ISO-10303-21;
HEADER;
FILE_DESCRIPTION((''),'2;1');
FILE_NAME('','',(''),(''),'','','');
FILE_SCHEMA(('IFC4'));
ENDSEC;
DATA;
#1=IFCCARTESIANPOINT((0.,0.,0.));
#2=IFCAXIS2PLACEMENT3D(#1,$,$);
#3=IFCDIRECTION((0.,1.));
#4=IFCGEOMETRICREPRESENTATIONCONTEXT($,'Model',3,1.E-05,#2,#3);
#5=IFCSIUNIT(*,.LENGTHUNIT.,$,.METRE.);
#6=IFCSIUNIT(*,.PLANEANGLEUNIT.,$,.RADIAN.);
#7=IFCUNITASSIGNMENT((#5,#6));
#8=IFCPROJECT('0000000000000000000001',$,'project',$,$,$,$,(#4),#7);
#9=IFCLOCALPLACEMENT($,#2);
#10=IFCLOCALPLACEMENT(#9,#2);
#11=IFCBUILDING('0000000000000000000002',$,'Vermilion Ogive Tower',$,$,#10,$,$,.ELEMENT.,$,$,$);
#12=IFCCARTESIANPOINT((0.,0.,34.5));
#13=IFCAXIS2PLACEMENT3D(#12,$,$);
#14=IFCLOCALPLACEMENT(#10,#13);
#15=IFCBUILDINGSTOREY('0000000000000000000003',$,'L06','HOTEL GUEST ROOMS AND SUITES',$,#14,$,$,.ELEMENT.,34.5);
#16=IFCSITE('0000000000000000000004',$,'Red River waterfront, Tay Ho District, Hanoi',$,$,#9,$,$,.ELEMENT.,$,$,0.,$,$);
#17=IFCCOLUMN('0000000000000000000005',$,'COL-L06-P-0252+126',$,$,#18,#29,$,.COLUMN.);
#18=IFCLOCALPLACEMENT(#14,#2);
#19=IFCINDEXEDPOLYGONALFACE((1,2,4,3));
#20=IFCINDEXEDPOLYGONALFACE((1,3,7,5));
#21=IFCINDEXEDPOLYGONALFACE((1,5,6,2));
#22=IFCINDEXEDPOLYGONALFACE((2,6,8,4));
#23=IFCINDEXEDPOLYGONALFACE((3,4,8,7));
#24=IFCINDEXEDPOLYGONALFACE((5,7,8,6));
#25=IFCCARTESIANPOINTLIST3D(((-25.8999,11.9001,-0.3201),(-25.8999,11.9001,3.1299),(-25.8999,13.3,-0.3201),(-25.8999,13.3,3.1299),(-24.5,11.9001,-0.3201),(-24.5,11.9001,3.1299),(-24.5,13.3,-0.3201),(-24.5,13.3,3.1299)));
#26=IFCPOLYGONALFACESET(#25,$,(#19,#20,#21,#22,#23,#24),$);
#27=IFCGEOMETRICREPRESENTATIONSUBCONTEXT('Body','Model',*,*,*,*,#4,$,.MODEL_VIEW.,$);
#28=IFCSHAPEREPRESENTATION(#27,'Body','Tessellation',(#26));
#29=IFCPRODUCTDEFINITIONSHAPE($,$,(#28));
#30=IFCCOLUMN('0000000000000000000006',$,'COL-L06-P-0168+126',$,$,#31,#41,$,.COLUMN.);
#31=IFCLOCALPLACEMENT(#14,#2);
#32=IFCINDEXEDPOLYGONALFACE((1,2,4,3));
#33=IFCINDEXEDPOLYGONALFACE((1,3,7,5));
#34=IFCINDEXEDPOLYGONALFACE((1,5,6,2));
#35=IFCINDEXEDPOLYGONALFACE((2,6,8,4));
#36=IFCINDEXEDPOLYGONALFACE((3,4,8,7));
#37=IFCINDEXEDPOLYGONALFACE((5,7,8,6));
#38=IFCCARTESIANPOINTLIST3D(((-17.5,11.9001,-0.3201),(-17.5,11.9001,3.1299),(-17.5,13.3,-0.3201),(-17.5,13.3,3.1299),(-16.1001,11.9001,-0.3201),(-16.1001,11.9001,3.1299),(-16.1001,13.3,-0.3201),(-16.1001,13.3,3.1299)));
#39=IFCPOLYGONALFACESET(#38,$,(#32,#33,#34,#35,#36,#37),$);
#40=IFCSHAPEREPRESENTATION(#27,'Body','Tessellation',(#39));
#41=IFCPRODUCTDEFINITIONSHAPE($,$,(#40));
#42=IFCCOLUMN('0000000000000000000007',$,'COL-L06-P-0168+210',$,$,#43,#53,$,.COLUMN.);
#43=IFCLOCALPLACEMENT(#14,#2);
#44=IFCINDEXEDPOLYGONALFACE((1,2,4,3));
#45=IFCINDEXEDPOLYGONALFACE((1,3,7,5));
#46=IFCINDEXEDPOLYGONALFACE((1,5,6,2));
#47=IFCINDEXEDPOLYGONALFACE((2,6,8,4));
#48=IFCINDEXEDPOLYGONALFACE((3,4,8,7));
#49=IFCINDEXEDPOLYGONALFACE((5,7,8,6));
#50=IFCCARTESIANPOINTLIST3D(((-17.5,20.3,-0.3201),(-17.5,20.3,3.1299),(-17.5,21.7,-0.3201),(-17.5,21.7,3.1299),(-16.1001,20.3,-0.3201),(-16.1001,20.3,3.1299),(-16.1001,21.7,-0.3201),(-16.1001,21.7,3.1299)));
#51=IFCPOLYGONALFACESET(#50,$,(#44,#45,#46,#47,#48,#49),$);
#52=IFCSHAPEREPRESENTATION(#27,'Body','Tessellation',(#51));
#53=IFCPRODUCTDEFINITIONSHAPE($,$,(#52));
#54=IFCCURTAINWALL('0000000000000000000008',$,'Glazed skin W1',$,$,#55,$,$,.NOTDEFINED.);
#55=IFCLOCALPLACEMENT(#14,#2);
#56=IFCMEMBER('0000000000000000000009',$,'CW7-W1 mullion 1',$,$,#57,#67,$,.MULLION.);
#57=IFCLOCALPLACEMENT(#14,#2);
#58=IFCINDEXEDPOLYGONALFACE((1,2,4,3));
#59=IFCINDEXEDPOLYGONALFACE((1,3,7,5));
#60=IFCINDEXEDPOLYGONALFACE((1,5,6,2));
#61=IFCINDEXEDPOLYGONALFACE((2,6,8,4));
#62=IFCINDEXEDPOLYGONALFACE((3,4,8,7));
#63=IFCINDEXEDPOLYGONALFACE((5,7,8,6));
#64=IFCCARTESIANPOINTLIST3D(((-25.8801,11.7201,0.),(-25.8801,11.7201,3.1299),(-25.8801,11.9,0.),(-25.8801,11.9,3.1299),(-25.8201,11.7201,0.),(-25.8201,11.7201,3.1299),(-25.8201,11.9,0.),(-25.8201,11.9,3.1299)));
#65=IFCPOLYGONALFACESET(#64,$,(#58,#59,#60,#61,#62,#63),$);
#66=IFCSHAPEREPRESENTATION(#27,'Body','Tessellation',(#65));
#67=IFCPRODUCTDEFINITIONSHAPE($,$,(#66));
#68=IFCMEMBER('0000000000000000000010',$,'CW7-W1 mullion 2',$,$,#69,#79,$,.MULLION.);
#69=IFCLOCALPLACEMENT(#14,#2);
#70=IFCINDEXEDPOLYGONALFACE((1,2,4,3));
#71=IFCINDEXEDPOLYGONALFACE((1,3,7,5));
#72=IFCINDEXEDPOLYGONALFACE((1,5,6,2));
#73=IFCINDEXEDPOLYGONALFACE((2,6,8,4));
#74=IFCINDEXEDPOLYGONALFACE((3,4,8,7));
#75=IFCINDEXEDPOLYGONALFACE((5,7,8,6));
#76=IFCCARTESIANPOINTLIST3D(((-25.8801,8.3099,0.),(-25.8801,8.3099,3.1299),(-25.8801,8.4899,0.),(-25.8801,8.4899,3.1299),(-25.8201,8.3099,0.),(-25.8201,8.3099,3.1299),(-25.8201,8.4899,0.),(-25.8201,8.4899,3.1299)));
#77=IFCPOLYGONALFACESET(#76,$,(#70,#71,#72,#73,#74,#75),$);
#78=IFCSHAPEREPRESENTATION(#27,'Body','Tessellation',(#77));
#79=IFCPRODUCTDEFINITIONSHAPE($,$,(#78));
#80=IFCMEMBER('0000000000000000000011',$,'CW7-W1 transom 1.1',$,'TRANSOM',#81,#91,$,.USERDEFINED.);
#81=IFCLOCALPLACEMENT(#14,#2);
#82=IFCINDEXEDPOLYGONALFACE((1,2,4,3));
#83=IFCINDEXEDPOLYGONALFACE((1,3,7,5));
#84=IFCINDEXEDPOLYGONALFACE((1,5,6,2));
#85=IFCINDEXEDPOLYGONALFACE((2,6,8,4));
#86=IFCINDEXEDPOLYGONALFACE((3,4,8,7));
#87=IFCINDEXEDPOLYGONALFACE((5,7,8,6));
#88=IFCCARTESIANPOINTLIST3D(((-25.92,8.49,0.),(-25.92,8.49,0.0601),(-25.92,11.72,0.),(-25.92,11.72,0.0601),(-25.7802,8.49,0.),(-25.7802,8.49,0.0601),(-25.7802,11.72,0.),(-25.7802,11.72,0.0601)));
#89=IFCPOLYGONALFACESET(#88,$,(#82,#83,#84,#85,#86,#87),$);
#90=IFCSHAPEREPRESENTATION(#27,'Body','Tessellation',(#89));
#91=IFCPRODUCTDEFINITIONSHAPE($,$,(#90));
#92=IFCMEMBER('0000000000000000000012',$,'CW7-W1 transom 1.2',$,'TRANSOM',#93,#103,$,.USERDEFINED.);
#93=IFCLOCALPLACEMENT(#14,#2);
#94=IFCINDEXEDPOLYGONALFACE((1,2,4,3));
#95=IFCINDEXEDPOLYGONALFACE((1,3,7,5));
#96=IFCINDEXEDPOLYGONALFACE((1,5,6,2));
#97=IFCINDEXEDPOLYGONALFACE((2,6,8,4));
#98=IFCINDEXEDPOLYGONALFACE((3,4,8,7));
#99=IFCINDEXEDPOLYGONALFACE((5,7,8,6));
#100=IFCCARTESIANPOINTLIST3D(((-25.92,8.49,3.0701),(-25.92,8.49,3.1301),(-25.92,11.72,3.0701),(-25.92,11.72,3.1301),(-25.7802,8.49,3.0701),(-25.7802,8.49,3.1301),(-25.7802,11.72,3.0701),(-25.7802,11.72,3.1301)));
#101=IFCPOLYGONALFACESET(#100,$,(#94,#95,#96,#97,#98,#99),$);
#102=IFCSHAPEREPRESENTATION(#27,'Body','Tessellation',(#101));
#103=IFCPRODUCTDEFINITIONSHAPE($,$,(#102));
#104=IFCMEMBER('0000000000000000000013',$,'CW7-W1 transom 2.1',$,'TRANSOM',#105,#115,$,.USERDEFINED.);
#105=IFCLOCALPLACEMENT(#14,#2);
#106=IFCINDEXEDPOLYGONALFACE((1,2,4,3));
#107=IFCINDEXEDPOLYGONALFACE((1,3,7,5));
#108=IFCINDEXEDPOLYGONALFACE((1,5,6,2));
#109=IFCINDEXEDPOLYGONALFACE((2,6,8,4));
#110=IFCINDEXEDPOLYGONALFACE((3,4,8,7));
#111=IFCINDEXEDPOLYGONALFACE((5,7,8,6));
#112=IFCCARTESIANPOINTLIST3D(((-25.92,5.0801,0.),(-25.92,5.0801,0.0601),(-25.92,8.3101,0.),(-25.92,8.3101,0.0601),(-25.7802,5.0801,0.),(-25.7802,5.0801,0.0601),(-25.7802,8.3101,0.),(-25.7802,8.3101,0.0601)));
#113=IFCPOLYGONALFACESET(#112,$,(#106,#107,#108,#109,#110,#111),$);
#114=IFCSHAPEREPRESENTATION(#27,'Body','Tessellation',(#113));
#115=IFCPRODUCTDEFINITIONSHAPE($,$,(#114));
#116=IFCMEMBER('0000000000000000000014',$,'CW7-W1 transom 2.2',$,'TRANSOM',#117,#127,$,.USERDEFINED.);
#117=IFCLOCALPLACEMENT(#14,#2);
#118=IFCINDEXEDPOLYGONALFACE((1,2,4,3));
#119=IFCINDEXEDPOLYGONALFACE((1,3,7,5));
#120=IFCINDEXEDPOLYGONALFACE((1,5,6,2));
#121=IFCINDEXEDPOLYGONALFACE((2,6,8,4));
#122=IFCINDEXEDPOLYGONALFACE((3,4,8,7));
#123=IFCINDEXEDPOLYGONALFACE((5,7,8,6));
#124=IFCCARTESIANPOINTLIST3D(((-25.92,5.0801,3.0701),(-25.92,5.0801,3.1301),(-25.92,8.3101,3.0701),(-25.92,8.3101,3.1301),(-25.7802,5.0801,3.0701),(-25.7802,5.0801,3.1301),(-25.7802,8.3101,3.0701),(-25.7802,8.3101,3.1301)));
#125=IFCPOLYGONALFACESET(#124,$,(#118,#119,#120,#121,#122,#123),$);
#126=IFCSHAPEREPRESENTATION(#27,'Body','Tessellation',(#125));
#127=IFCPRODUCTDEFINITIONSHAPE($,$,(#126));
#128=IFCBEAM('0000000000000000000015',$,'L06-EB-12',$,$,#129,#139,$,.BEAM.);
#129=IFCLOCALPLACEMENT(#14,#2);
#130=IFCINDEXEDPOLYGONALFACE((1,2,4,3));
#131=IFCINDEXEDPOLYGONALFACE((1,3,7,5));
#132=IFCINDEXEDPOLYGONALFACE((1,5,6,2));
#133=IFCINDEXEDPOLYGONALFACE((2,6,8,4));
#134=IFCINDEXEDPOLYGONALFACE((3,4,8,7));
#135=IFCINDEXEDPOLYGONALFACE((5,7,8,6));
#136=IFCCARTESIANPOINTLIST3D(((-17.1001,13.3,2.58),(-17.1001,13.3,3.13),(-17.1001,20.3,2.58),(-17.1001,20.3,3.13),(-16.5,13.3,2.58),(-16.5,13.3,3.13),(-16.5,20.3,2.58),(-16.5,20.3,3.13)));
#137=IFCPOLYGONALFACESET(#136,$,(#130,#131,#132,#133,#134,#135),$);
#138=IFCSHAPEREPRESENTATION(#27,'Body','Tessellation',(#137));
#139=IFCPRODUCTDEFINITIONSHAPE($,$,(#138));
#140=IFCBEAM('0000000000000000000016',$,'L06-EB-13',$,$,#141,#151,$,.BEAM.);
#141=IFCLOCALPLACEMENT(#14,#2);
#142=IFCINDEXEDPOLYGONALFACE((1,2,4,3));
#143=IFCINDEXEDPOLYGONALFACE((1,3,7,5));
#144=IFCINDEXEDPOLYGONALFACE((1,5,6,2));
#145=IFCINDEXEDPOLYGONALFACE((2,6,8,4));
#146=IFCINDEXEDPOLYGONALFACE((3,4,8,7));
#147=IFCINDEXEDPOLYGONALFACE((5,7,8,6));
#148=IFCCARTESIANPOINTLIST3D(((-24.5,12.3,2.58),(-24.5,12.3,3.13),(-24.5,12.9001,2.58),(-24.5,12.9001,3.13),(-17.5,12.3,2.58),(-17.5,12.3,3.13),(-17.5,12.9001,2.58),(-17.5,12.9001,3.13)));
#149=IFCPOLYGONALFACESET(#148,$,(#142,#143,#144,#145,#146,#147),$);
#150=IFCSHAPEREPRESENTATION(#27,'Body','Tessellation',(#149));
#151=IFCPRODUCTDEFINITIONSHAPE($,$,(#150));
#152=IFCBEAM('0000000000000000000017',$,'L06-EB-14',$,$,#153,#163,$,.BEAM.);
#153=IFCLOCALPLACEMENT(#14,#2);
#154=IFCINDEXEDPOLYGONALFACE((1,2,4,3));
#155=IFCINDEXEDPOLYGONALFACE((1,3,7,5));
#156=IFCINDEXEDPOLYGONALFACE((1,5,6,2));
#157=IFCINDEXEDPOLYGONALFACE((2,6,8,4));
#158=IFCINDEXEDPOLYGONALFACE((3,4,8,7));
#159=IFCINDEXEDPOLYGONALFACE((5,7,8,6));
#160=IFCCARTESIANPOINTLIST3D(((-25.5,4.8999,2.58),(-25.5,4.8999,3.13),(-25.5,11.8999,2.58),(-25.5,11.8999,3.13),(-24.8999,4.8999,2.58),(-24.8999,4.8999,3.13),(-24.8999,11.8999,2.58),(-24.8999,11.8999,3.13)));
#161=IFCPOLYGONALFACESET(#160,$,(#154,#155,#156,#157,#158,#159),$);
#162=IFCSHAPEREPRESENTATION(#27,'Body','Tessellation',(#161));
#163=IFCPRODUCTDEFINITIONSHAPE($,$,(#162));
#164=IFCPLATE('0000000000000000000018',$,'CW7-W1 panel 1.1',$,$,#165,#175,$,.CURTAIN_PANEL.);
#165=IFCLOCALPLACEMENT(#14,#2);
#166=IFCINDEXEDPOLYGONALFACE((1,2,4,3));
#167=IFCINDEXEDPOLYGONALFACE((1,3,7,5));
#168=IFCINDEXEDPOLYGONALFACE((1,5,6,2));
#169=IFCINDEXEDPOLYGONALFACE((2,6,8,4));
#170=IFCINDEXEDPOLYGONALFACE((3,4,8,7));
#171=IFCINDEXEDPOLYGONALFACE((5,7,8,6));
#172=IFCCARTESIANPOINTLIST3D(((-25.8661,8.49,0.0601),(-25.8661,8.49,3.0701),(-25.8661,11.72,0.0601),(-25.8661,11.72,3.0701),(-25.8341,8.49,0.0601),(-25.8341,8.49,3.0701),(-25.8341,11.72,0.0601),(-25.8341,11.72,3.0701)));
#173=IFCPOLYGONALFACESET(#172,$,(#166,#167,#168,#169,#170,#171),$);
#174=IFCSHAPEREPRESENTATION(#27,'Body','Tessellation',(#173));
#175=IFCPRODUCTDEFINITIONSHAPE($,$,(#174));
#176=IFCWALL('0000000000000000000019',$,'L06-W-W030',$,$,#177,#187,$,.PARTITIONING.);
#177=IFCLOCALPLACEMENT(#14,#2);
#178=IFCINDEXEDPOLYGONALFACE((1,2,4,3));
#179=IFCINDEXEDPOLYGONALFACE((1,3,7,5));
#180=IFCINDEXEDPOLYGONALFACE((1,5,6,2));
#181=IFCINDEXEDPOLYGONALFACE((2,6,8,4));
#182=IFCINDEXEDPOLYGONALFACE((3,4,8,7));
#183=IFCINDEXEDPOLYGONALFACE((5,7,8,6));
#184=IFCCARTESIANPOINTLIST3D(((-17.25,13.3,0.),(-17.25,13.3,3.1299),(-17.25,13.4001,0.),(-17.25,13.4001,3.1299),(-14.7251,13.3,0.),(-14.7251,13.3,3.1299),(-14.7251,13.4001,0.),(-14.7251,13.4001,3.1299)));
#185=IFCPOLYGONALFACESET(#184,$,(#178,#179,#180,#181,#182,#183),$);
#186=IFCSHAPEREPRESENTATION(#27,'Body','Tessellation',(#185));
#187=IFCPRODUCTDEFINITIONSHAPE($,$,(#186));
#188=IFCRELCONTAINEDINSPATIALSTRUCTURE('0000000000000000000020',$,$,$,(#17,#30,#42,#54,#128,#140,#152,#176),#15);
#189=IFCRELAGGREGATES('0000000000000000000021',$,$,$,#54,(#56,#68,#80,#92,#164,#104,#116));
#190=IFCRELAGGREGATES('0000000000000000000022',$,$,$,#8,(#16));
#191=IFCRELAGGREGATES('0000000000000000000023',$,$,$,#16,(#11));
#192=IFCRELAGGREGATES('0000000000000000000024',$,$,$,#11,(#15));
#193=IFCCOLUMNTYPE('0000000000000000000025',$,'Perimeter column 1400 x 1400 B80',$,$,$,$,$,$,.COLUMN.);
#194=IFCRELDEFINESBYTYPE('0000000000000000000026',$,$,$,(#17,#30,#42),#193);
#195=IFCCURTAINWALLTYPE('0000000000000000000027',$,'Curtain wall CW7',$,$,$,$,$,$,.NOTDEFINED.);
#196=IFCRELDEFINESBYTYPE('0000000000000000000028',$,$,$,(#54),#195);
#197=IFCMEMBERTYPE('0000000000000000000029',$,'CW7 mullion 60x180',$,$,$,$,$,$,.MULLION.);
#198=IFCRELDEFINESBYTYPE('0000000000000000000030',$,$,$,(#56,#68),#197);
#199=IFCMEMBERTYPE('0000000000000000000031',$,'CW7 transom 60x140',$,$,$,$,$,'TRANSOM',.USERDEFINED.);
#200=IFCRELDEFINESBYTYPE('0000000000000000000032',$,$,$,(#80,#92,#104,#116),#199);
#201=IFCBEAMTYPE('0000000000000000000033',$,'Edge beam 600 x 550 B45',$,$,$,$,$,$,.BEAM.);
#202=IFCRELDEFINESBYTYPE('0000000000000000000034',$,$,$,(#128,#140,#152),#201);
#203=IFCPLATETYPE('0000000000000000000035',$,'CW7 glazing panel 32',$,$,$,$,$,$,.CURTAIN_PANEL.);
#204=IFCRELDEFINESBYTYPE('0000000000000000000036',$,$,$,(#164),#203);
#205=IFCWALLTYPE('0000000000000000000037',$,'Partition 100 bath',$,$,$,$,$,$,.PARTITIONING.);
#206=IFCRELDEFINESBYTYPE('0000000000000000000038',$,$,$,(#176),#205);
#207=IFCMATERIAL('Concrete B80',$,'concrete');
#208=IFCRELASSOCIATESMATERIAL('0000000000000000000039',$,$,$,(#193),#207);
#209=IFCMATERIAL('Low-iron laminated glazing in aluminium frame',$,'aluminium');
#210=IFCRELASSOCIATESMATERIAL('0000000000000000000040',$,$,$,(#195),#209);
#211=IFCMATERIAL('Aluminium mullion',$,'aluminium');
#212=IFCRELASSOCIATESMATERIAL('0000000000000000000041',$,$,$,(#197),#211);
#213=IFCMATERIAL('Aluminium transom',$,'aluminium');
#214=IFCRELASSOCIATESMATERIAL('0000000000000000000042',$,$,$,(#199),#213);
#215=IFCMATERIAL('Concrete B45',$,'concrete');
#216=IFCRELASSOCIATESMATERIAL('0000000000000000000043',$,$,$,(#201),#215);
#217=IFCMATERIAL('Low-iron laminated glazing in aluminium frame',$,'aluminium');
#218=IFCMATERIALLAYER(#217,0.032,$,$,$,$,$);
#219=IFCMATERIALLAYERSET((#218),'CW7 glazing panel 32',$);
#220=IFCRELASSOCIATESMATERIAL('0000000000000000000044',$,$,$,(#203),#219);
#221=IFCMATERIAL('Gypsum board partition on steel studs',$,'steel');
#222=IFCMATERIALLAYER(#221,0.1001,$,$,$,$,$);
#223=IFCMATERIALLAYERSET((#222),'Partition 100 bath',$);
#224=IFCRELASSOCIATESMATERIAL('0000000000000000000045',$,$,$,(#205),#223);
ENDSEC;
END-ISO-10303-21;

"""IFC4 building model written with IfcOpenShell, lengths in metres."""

from ifc_helpers import new_model, si_unit, direction, frame, frame_2d, origin, origin_2d, place, context, subcontext, project, spatial, rectangle, extrude, material, layer, layer_set, material_profile, profile_set, type_object, element, aggregate, save


model = new_model("IFC4")

# Units and contexts
model_context = context("Model", 3, precision=1e-05, world=origin(), true_north=direction((0.0, 1.0)))
body_context = subcontext(model_context, "Body", "Model", "MODEL_VIEW")
ifc_project = project(units=[si_unit("LENGTHUNIT", "METRE"), si_unit("PLANEANGLEUNIT", "RADIAN")], contexts=[model_context])

# Site, building, storey
site_placement = place(None, origin())
site = spatial("IfcSite", under=ifc_project, at=site_placement, Name="Red River waterfront, Tay Ho District, Hanoi", CompositionType="ELEMENT", RefElevation=0.0)
building_placement = place(site_placement, origin())
building = spatial("IfcBuilding", under=site, at=building_placement, Name="Vermilion Ogive Tower", CompositionType="ELEMENT")
storey_placement = place(building_placement, frame((0.0, 0.0, 34.5)))
storey = spatial("IfcBuildingStorey", under=building, at=storey_placement, Name="L06", Description="HOTEL GUEST ROOMS AND SUITES", CompositionType="ELEMENT", Elevation=34.5)

# Columns
ifc_material_1 = material(Name="Concrete B80", Category="concrete")
ifc_material_profile_1 = material_profile(ifc_material_1, rectangle(XDim=1.3999, YDim=1.3999, at=origin_2d()), Name="1400 x 1400")
ifc_profile_set_1 = profile_set([ifc_material_profile_1], Name="Concrete B80")
column_type = type_object("IfcColumnType", Name="Perimeter column 1400 x 1400 B80", PredefinedType="COLUMN", material=ifc_profile_set_1)
for number, where, z_axis, x_axis, name in (
    (1, (-25.2, 12.6001, -0.3201), (0.0, 0.0, 1.0), (1.0, 0.0, 0.0), "COL-L06-P-0252+126"),
    (2, (-16.8, 12.6001, -0.3201), (0.0, 0.0, 1.0), (1.0, 0.0, 0.0), "COL-L06-P-0168+126"),
    (3, (-16.8, 21.0, -0.3201), (0.0, 0.0, 1.0), (1.0, 0.0, 0.0), "COL-L06-P-0168+210"),
):
    element("IfcColumn", number, at=place(storey_placement, frame(where, z_axis=z_axis, x_axis=x_axis)), inside=storey, type_object=column_type, Name=name, PredefinedType="COLUMN", context=body_context, shape_type="SweptSolid", body=[
        extrude(rectangle(XDim=1.3999, YDim=1.3999, at=origin_2d()), origin(), (0.0, 0.0, 1.0), 3.45),
    ])

# Curtain wall, members
ifc_material_2 = material(Name="Low-iron laminated glazing in aluminium frame", Category="aluminium")
curtain_wall_type = type_object("IfcCurtainWallType", Name="Curtain wall CW7", PredefinedType="NOTDEFINED", material=ifc_material_2)
curtain_wall_placement = place(storey_placement, origin())
curtain_wall = element("IfcCurtainWall", 4, at=curtain_wall_placement, inside=storey, type_object=curtain_wall_type, Name="Glazed skin W1", PredefinedType="NOTDEFINED")
ifc_material_3 = material(Name="Aluminium mullion", Category="aluminium")
ifc_material_profile_2 = material_profile(ifc_material_3, rectangle(XDim=0.0601, YDim=0.1799, at=origin_2d()), Name="AL 60x180")
ifc_profile_set_2 = profile_set([ifc_material_profile_2], Name="Aluminium mullion")
member_type_1 = type_object("IfcMemberType", Name="CW7 mullion 60x180", PredefinedType="MULLION", material=ifc_profile_set_2)
member_1_placement = place(storey_placement, frame((-25.8501, 11.8101, 0.0), z_axis=(0.0, 0.0, 1.0), x_axis=(1.0, 0.0, 0.0)))
member_1 = element("IfcMember", 5, at=member_1_placement, type_object=member_type_1, Name="CW7-W1 mullion 1", PredefinedType="MULLION", context=body_context, shape_type="SweptSolid", body=[
    extrude(rectangle(XDim=0.0601, YDim=0.1799, at=origin_2d()), origin(), (0.0, 0.0, 1.0), 3.1299),
])
member_2_placement = place(storey_placement, frame((-25.8501, 8.3999, 0.0), z_axis=(0.0, 0.0, 1.0), x_axis=(1.0, 0.0, 0.0)))
member_2 = element("IfcMember", 6, at=member_2_placement, type_object=member_type_1, Name="CW7-W1 mullion 2", PredefinedType="MULLION", context=body_context, shape_type="SweptSolid", body=[
    extrude(rectangle(XDim=0.0601, YDim=0.1799, at=origin_2d()), origin(), (0.0, 0.0, 1.0), 3.1299),
])
ifc_material_4 = material(Name="Aluminium transom", Category="aluminium")
ifc_material_profile_3 = material_profile(ifc_material_4, rectangle(XDim=0.1399, YDim=0.0601, at=origin_2d()), Name="AL 60x140")
ifc_profile_set_3 = profile_set([ifc_material_profile_3], Name="Aluminium transom")
member_type_2 = type_object("IfcMemberType", Name="CW7 transom 60x140", ElementType="TRANSOM", PredefinedType="USERDEFINED", material=ifc_profile_set_3)
member_3_placement = place(storey_placement, frame((-25.8501, 11.72, 0.03), z_axis=(0.0, -1.0, 0.0), x_axis=(1.0, 0.0, 0.0)))
member_3 = element("IfcMember", 7, at=member_3_placement, type_object=member_type_2, Name="CW7-W1 transom 1.1", ObjectType="TRANSOM", PredefinedType="USERDEFINED", context=body_context, shape_type="SweptSolid", body=[
    extrude(rectangle(XDim=0.1399, YDim=0.0601, at=origin_2d()), origin(), (0.0, 0.0, 1.0), 3.23),
])
member_4_placement = place(storey_placement, frame((-25.8501, 11.72, 3.1001), z_axis=(0.0, -1.0, 0.0), x_axis=(1.0, 0.0, 0.0)))
member_4 = element("IfcMember", 8, at=member_4_placement, type_object=member_type_2, Name="CW7-W1 transom 1.2", ObjectType="TRANSOM", PredefinedType="USERDEFINED", context=body_context, shape_type="SweptSolid", body=[
    extrude(rectangle(XDim=0.1399, YDim=0.0601, at=origin_2d()), origin(), (0.0, 0.0, 1.0), 3.23),
])
member_5_placement = place(storey_placement, frame((-25.8501, 8.3101, 0.03), z_axis=(0.0, -1.0, 0.0), x_axis=(1.0, 0.0, 0.0)))
member_5 = element("IfcMember", 9, at=member_5_placement, type_object=member_type_2, Name="CW7-W1 transom 2.1", ObjectType="TRANSOM", PredefinedType="USERDEFINED", context=body_context, shape_type="SweptSolid", body=[
    extrude(rectangle(XDim=0.1399, YDim=0.0601, at=origin_2d()), origin(), (0.0, 0.0, 1.0), 3.23),
])
member_6_placement = place(storey_placement, frame((-25.8501, 8.3101, 3.1001), z_axis=(0.0, -1.0, 0.0), x_axis=(1.0, 0.0, 0.0)))
member_6 = element("IfcMember", 10, at=member_6_placement, type_object=member_type_2, Name="CW7-W1 transom 2.2", ObjectType="TRANSOM", PredefinedType="USERDEFINED", context=body_context, shape_type="SweptSolid", body=[
    extrude(rectangle(XDim=0.1399, YDim=0.0601, at=origin_2d()), origin(), (0.0, 0.0, 1.0), 3.23),
])

# Beams
ifc_material_5 = material(Name="Concrete B45", Category="concrete")
ifc_material_profile_4 = material_profile(ifc_material_5, rectangle(XDim=0.6001, YDim=0.55, at=origin_2d()), Name="600 x 550")
ifc_profile_set_4 = profile_set([ifc_material_profile_4], Name="Concrete B45")
beam_type = type_object("IfcBeamType", Name="Edge beam 600 x 550 B45", PredefinedType="BEAM", material=ifc_profile_set_4)
for number, where, z_axis, x_axis, name in (
    (11, (-16.8, 20.3, 2.855), (0.0, -1.0, 0.0), (1.0, 0.0, 0.0), "L06-EB-12"),
    (12, (-17.5, 12.6001, 2.855), (-1.0, 0.0, 0.0), (0.0, -1.0, 0.0), "L06-EB-13"),
    (13, (-25.2, 11.8999, 2.855), (0.0, -1.0, 0.0), (1.0, 0.0, 0.0), "L06-EB-14"),
):
    element("IfcBeam", number, at=place(storey_placement, frame(where, z_axis=z_axis, x_axis=x_axis)), inside=storey, type_object=beam_type, Name=name, PredefinedType="BEAM", context=body_context, shape_type="SweptSolid", body=[
        extrude(rectangle(XDim=0.6001, YDim=0.55, at=origin_2d()), origin(), (0.0, 0.0, 1.0), 7.0),
    ])

# Plate
ifc_material_6 = material(Name="Low-iron laminated glazing in aluminium frame", Category="aluminium")
ifc_layer_1 = layer(ifc_material_6, 0.032)
ifc_layer_set_1 = layer_set([ifc_layer_1], Name="CW7 glazing panel 32")
plate_type = type_object("IfcPlateType", Name="CW7 glazing panel 32", PredefinedType="CURTAIN_PANEL", material=ifc_layer_set_1)
plate_placement = place(storey_placement, frame((-25.8501, 10.105, 0.0601), z_axis=(0.0, 0.0, 1.0), x_axis=(0.0, -1.0, 0.0)))
plate = element("IfcPlate", 14, at=plate_placement, type_object=plate_type, Name="CW7-W1 panel 1.1", PredefinedType="CURTAIN_PANEL", context=body_context, shape_type="SweptSolid", body=[
    extrude(rectangle(XDim=3.23, YDim=0.032, at=origin_2d()), origin(), (0.0, 0.0, 1.0), 3.01),
])
aggregate(curtain_wall, [member_1, member_2, member_3, member_4, plate, member_5, member_6])

# Wall
ifc_material_7 = material(Name="Gypsum board partition on steel studs", Category="steel")
ifc_layer_2 = layer(ifc_material_7, 0.1001)
ifc_layer_set_2 = layer_set([ifc_layer_2], Name="Partition 100 bath")
wall_type_1 = type_object("IfcWallType", Name="Partition 100 bath", PredefinedType="PARTITIONING", material=ifc_layer_set_2)
wall_1_placement = place(storey_placement, frame((-17.25, 13.3501, 0.0), z_axis=(0.0, 0.0, 1.0), x_axis=(1.0, 0.0, 0.0)))
element("IfcWall", 15, at=wall_1_placement, inside=storey, type_object=wall_type_1, Name="L06-W-W030", PredefinedType="PARTITIONING", context=body_context, shape_type="SweptSolid", body=[
    extrude(rectangle(XDim=2.5249, YDim=0.1001, at=frame_2d((1.2625, 0.0))), origin(), (0.0, 0.0, 1.0), 3.1299),
])

save(model, "model.ifc")
